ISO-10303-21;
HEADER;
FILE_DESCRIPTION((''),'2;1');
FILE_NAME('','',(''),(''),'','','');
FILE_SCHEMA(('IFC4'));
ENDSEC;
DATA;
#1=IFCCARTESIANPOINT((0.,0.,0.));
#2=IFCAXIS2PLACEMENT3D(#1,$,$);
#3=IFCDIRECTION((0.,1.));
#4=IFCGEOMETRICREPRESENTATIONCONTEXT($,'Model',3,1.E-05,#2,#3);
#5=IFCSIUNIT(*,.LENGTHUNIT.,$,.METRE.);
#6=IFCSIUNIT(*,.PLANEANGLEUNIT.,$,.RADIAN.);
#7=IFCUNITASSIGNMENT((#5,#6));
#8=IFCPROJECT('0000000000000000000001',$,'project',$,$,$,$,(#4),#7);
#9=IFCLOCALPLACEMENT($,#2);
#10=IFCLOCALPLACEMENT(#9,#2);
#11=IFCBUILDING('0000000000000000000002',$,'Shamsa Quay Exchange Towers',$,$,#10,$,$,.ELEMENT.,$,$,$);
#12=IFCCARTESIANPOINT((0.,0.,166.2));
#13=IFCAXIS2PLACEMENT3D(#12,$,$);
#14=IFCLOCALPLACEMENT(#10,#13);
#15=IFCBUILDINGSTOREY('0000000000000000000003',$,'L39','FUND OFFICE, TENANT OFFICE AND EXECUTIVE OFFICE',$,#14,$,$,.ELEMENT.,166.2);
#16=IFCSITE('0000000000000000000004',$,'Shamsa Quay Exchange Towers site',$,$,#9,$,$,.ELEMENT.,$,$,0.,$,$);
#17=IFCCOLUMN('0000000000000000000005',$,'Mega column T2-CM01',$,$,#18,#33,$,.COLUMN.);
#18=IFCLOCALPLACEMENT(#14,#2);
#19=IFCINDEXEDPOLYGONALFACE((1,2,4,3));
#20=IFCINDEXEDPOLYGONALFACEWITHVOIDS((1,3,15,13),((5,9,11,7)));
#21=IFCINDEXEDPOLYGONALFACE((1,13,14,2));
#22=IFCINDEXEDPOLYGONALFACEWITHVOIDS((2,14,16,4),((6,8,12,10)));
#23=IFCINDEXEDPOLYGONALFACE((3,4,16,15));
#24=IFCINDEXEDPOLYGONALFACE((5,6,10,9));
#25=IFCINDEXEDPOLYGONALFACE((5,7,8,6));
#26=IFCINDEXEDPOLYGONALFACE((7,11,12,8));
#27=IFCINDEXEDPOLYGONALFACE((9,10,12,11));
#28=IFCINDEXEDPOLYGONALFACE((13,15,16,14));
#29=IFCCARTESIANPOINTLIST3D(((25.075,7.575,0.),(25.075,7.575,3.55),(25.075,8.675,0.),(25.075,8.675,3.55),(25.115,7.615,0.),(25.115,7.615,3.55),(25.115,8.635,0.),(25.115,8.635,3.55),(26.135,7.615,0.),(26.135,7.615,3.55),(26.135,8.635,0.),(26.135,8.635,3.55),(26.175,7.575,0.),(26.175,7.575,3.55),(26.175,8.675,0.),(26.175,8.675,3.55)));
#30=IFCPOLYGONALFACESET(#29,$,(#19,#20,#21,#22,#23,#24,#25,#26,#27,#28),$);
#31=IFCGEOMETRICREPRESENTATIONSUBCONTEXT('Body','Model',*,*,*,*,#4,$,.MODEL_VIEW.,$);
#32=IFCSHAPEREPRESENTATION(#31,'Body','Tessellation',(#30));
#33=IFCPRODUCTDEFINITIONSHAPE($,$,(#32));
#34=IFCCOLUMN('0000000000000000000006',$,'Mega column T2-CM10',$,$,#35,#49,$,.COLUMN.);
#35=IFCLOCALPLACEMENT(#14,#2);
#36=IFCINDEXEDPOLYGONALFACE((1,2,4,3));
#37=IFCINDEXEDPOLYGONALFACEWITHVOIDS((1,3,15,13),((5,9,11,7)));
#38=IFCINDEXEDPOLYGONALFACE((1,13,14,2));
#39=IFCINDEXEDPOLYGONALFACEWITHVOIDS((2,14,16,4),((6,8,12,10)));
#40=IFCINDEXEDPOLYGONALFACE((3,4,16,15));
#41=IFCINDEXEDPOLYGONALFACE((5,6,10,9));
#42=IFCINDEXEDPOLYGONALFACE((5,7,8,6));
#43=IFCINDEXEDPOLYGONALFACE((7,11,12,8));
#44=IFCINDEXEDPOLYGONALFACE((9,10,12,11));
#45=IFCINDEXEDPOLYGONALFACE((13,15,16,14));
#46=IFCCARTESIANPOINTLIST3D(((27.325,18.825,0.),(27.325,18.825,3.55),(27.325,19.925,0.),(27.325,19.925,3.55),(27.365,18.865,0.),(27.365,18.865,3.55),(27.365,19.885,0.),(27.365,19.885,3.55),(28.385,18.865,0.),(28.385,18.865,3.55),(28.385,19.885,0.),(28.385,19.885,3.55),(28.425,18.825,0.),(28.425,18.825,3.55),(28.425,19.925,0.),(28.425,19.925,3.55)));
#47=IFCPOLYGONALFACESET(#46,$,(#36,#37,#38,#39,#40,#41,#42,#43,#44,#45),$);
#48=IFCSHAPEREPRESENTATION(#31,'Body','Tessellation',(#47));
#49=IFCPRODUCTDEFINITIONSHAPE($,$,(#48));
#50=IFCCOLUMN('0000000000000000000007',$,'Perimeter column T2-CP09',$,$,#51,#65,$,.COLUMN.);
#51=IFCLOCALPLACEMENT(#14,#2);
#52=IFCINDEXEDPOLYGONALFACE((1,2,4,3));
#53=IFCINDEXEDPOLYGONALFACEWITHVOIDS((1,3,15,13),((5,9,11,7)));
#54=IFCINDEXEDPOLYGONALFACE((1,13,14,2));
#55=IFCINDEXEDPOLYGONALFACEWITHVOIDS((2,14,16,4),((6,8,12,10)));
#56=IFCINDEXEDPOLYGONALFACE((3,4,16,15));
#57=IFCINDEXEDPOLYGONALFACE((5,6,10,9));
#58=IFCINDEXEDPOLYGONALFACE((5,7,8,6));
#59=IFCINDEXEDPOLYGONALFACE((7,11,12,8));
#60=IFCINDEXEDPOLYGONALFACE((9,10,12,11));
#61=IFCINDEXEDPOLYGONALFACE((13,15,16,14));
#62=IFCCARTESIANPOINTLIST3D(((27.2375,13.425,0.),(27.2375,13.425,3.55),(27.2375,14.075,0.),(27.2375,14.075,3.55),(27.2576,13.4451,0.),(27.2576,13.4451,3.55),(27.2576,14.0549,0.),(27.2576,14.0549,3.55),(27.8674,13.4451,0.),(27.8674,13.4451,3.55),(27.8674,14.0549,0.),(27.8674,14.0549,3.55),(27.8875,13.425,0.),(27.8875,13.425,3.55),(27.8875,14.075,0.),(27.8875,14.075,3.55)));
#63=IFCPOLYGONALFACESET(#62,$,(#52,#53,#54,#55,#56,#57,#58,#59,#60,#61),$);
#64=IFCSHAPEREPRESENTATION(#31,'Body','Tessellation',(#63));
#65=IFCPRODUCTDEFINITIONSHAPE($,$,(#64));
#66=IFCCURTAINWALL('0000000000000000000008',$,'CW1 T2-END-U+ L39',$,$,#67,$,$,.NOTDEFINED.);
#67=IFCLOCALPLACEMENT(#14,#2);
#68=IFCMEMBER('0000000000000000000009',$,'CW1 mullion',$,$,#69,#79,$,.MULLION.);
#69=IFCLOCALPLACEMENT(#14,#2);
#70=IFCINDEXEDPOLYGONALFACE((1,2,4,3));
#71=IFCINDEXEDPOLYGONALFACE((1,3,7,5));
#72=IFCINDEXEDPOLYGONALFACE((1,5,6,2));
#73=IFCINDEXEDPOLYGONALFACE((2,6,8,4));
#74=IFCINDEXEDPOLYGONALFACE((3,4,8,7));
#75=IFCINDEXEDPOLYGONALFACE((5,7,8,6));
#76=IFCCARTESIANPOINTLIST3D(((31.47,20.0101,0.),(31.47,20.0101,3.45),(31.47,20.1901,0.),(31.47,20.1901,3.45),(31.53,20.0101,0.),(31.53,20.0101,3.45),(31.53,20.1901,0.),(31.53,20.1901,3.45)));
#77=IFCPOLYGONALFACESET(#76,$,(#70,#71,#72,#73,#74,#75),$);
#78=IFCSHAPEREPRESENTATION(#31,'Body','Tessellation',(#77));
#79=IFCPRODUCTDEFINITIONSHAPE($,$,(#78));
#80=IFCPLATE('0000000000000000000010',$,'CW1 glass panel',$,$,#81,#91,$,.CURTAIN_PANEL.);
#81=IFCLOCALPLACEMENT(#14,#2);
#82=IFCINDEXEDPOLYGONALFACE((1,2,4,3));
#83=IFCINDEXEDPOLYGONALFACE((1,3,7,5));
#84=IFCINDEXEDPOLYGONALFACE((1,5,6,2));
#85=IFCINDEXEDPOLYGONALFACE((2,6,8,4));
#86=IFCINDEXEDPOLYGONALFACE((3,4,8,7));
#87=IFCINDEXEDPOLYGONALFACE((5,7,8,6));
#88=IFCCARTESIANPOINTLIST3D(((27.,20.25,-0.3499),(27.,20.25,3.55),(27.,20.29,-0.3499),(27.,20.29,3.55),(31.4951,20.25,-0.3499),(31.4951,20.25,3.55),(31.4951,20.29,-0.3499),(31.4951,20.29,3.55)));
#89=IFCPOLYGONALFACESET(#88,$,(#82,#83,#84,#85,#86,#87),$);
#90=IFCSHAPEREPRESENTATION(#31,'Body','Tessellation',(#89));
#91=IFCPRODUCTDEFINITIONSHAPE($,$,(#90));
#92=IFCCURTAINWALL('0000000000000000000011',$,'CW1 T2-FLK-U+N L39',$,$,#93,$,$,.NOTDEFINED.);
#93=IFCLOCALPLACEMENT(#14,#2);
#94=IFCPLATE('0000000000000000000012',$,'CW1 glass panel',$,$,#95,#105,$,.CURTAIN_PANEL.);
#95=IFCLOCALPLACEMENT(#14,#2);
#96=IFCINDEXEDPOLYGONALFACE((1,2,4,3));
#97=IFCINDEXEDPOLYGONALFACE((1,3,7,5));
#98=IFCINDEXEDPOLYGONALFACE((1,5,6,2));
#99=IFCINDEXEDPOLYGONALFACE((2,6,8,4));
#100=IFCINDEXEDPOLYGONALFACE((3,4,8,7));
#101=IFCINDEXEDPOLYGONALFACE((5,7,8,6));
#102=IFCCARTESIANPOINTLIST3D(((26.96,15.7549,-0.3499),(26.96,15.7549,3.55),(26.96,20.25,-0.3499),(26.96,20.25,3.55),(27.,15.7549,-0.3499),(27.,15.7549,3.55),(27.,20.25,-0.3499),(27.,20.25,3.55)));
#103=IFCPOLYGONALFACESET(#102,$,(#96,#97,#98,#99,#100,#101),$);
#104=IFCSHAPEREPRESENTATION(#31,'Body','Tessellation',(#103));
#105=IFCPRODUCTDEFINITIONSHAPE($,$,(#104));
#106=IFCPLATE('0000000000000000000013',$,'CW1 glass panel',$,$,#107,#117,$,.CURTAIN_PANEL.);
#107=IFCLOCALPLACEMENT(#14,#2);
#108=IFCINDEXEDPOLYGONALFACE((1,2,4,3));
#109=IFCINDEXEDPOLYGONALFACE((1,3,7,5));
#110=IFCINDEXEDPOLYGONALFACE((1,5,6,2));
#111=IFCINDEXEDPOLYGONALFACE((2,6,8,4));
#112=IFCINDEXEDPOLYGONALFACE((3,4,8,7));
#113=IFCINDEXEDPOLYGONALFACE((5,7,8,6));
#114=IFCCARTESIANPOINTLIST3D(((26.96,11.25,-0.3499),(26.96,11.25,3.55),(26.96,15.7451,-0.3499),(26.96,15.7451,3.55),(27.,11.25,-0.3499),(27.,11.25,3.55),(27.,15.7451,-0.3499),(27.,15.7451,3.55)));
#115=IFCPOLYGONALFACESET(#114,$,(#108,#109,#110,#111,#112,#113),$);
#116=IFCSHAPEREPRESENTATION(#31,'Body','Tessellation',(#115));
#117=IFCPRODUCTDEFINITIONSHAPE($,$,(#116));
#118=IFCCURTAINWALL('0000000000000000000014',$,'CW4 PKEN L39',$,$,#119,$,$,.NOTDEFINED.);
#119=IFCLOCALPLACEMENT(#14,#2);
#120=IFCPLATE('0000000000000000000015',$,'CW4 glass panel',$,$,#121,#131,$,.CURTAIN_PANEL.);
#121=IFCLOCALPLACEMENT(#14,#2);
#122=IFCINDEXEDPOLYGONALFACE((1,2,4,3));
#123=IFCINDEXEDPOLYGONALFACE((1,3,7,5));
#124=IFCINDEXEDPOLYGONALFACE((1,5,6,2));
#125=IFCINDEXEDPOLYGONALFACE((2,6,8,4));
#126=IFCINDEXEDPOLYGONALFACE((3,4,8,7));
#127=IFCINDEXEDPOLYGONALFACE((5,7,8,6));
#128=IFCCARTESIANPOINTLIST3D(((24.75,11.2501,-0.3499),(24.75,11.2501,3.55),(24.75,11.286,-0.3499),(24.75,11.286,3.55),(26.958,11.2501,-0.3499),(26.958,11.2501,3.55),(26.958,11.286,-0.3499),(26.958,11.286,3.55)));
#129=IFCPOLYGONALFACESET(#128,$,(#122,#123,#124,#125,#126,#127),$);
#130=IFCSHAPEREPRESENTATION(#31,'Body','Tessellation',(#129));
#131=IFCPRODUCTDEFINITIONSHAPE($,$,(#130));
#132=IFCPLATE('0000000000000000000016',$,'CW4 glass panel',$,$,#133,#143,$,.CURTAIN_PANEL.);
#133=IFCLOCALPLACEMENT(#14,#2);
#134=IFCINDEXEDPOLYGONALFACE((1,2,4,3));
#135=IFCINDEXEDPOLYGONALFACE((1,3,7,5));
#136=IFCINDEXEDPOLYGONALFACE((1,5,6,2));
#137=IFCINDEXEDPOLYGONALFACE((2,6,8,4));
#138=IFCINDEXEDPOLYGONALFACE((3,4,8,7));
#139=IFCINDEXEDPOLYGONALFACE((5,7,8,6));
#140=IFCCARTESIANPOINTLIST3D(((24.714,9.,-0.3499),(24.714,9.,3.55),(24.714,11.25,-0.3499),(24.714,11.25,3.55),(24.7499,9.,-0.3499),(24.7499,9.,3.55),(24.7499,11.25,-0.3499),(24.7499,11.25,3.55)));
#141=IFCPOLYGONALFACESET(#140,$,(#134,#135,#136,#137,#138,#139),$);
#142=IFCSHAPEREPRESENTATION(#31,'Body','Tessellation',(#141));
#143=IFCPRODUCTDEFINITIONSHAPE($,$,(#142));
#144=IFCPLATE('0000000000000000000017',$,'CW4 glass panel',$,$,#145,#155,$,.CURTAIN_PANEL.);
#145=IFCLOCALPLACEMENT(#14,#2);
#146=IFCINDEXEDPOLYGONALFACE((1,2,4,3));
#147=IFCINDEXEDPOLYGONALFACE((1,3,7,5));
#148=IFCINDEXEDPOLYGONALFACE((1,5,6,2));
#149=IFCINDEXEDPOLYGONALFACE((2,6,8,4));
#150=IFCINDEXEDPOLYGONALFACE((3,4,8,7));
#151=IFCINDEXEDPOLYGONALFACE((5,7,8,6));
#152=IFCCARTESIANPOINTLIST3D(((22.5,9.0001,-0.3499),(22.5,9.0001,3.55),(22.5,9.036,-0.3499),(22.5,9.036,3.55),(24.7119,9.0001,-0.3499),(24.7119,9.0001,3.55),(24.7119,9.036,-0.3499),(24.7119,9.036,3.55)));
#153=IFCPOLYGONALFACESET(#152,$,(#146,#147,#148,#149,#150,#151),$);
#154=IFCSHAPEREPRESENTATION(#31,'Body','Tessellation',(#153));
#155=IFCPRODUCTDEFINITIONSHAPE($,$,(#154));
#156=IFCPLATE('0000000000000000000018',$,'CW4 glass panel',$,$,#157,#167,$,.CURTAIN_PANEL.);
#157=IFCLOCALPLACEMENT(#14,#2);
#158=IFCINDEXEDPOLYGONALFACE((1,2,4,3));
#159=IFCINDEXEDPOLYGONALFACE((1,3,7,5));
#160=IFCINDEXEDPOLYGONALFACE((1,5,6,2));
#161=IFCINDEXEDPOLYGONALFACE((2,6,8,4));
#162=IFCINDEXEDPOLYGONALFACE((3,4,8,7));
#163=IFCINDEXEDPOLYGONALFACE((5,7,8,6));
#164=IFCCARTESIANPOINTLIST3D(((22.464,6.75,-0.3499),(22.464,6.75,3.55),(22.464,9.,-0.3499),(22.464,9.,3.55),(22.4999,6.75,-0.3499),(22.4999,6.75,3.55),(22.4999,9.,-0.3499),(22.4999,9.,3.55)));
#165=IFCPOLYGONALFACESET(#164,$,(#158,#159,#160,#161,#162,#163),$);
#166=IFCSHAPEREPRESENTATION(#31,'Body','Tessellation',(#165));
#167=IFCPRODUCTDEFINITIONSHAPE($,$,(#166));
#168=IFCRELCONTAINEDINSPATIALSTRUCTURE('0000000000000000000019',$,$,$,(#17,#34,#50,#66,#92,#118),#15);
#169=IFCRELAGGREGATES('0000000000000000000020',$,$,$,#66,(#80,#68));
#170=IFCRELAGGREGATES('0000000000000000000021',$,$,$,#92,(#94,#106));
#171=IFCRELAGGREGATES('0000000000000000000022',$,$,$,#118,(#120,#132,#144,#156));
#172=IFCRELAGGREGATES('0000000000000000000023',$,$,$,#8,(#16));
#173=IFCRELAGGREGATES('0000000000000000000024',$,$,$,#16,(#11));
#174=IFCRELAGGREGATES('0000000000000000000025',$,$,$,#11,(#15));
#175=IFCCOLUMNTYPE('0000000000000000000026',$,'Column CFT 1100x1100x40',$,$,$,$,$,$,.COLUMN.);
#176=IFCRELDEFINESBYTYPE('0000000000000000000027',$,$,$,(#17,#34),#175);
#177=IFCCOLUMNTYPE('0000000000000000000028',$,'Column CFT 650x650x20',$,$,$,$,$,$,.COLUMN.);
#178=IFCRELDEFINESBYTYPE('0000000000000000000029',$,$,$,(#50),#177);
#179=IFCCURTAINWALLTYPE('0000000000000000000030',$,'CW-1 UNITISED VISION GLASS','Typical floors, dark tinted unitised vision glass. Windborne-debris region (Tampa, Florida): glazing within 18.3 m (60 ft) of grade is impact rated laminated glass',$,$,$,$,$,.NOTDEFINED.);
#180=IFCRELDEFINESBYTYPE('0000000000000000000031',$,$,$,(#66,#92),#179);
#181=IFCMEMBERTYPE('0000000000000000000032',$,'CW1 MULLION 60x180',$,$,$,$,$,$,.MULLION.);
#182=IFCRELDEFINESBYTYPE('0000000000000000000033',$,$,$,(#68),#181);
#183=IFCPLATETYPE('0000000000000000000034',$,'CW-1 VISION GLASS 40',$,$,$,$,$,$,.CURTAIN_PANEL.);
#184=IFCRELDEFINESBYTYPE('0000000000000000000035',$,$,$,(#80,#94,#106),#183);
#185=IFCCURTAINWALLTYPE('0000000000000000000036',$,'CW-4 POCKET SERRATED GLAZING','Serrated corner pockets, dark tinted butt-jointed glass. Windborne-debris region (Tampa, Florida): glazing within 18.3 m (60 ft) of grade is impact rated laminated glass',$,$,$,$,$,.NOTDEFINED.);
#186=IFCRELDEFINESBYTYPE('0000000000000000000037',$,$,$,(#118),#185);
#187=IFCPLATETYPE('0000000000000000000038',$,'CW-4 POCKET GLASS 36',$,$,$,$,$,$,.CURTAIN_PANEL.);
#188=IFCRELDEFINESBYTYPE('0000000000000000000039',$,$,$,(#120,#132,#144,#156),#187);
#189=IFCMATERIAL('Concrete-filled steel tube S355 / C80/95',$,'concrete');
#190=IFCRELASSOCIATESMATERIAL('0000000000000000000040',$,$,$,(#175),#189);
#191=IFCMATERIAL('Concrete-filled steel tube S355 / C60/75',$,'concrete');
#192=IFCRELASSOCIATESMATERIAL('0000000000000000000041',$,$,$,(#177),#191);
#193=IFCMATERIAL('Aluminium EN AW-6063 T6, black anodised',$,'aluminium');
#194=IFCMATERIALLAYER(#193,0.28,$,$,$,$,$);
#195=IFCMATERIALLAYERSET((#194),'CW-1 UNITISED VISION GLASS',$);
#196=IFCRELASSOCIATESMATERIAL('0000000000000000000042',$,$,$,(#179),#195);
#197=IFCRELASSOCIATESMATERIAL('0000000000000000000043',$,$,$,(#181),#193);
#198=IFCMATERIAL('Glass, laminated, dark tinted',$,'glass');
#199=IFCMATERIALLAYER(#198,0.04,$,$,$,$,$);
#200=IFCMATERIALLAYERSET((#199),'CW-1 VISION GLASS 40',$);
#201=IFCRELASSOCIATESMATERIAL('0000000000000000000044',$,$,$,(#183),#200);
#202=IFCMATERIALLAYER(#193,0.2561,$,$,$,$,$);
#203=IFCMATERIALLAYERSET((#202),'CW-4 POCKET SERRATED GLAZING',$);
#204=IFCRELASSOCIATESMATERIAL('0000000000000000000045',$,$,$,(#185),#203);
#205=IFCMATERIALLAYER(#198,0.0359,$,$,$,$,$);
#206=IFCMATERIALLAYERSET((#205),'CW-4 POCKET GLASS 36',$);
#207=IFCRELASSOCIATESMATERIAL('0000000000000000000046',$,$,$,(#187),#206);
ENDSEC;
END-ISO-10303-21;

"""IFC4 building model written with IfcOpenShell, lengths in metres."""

from ifc_helpers import new_model, si_unit, direction, frame, origin, origin_2d, place, context, subcontext, project, spatial, rectangle, hollow_rectangle, extrude, material, layer, layer_set, material_profile, profile_set, type_object, element, aggregate, save


model = new_model("IFC4")

# Units and contexts
model_context = context("Model", 3, precision=1e-05, world=origin(), true_north=direction((0.0, 1.0)))
body_context = subcontext(model_context, "Body", "Model", "MODEL_VIEW")
ifc_project = project(units=[si_unit("LENGTHUNIT", "METRE"), si_unit("PLANEANGLEUNIT", "RADIAN")], contexts=[model_context])

# Site, building, storey
site_placement = place(None, origin())
site = spatial("IfcSite", under=ifc_project, at=site_placement, Name="Shamsa Quay Exchange Towers site", CompositionType="ELEMENT", RefElevation=0.0)
building_placement = place(site_placement, origin())
building = spatial("IfcBuilding", under=site, at=building_placement, Name="Shamsa Quay Exchange Towers", CompositionType="ELEMENT")
storey_placement = place(building_placement, frame((0.0, 0.0, 166.2)))
storey = spatial("IfcBuildingStorey", under=building, at=storey_placement, Name="L39", Description="FUND OFFICE, TENANT OFFICE AND EXECUTIVE OFFICE", CompositionType="ELEMENT", Elevation=166.2)

# Columns
ifc_material_1 = material(Name="Concrete-filled steel tube S355 / C80/95", Category="concrete")
ifc_material_profile_1 = material_profile(ifc_material_1, hollow_rectangle(XDim=1.1001, YDim=1.1001, WallThickness=0.04, at=origin_2d()), Name="CFT 1100x1100x40")
ifc_profile_set_1 = profile_set([ifc_material_profile_1], Name="Concrete-filled steel tube S355 / C80/95")
column_type_1 = type_object("IfcColumnType", Name="Column CFT 1100x1100x40", PredefinedType="COLUMN", material=ifc_profile_set_1)
for number, where, name in (
    (1, (25.625, 8.125, 0.0), "Mega column T2-CM01"),
    (2, (27.875, 19.375, 0.0), "Mega column T2-CM10"),
):
    element("IfcColumn", number, at=place(storey_placement, frame(where)), inside=storey, type_object=column_type_1, Name=name, PredefinedType="COLUMN", context=body_context, shape_type="SweptSolid", body=[
        extrude(hollow_rectangle(XDim=1.1001, YDim=1.1001, WallThickness=0.04, at=origin_2d()), origin(), (0.0, 0.0, 1.0), 3.55),
    ])
ifc_material_2 = material(Name="Concrete-filled steel tube S355 / C60/75", Category="concrete")
ifc_material_profile_2 = material_profile(ifc_material_2, hollow_rectangle(XDim=0.6499, YDim=0.6499, WallThickness=0.02, at=origin_2d()), Name="CFT 650x650x20")
ifc_profile_set_2 = profile_set([ifc_material_profile_2], Name="Concrete-filled steel tube S355 / C60/75")
column_type_2 = type_object("IfcColumnType", Name="Column CFT 650x650x20", PredefinedType="COLUMN", material=ifc_profile_set_2)
column_placement = place(storey_placement, frame((27.5625, 13.75, 0.0)))
element("IfcColumn", 3, at=column_placement, inside=storey, type_object=column_type_2, Name="Perimeter column T2-CP09", PredefinedType="COLUMN", context=body_context, shape_type="SweptSolid", body=[
    extrude(hollow_rectangle(XDim=0.6499, YDim=0.6499, WallThickness=0.02, at=origin_2d()), origin(), (0.0, 0.0, 1.0), 3.55),
])

# Curtain wall, member, plate
ifc_material_3 = material(Name="Aluminium EN AW-6063 T6, black anodised", Category="aluminium")
ifc_layer_1 = layer(ifc_material_3, 0.28)
ifc_layer_set_1 = layer_set([ifc_layer_1], Name="CW-1 UNITISED VISION GLASS")
curtain_wall_type_1 = type_object("IfcCurtainWallType", Name="CW-1 UNITISED VISION GLASS", Description="Typical floors, dark tinted unitised vision glass. Windborne-debris region (Tampa, Florida): glazing within 18.3 m (60 ft) of grade is impact rated laminated glass", PredefinedType="NOTDEFINED", material=ifc_layer_set_1)
curtain_wall_1_placement = place(storey_placement, origin())
curtain_wall_1 = element("IfcCurtainWall", 4, at=curtain_wall_1_placement, inside=storey, type_object=curtain_wall_type_1, Name="CW1 T2-END-U+ L39", PredefinedType="NOTDEFINED")
ifc_material_profile_3 = material_profile(ifc_material_3, rectangle(XDim=0.1799, YDim=0.0601, at=origin_2d()), Name="MU60x180")
ifc_profile_set_3 = profile_set([ifc_material_profile_3], Name="Aluminium EN AW-6063 T6, black anodised")
member_type = type_object("IfcMemberType", Name="CW1 MULLION 60x180", PredefinedType="MULLION", material=ifc_profile_set_3)
member_placement = place(storey_placement, frame((31.5, 20.1001, 0.0), z_axis=(0.0, 0.0, 1.0), x_axis=(0.0, -1.0, 0.0)))
member = element("IfcMember", 5, at=member_placement, type_object=member_type, Name="CW1 mullion", PredefinedType="MULLION", context=body_context, shape_type="SweptSolid", body=[
    extrude(rectangle(XDim=0.1799, YDim=0.0601, at=origin_2d()), origin(), (0.0, 0.0, 1.0), 3.45),
])
ifc_material_4 = material(Name="Glass, laminated, dark tinted", Category="glass")
ifc_layer_2 = layer(ifc_material_4, 0.04)
ifc_layer_set_2 = layer_set([ifc_layer_2], Name="CW-1 VISION GLASS 40")
plate_type_1 = type_object("IfcPlateType", Name="CW-1 VISION GLASS 40", PredefinedType="CURTAIN_PANEL", material=ifc_layer_set_2)
plate_1_placement = place(storey_placement, frame((29.2476, 20.27, -0.3499), z_axis=(0.0, 0.0, 1.0), x_axis=(-1.0, 0.0, 0.0)))
plate_1 = element("IfcPlate", 6, at=plate_1_placement, type_object=plate_type_1, Name="CW1 glass panel", PredefinedType="CURTAIN_PANEL", context=body_context, shape_type="SweptSolid", body=[
    extrude(rectangle(XDim=4.4951, YDim=0.04, at=origin_2d()), origin(), (0.0, 0.0, 1.0), 3.8999),
])
aggregate(curtain_wall_1, [plate_1, member])

# Curtain walls, plates
curtain_wall_2_placement = place(storey_placement, origin())
curtain_wall_2 = element("IfcCurtainWall", 7, at=curtain_wall_2_placement, inside=storey, type_object=curtain_wall_type_1, Name="CW1 T2-FLK-U+N L39", PredefinedType="NOTDEFINED")
plate_2_placement = place(storey_placement, frame((26.98, 18.0024, -0.3499), z_axis=(0.0, 0.0, 1.0), x_axis=(0.0, -1.0, 0.0)))
plate_2 = element("IfcPlate", 8, at=plate_2_placement, type_object=plate_type_1, Name="CW1 glass panel", PredefinedType="CURTAIN_PANEL", context=body_context, shape_type="SweptSolid", body=[
    extrude(rectangle(XDim=4.4951, YDim=0.04, at=origin_2d()), origin(), (0.0, 0.0, 1.0), 3.8999),
])
plate_3_placement = place(storey_placement, frame((26.98, 13.4976, -0.3499), z_axis=(0.0, 0.0, 1.0), x_axis=(0.0, -1.0, 0.0)))
plate_3 = element("IfcPlate", 9, at=plate_3_placement, type_object=plate_type_1, Name="CW1 glass panel", PredefinedType="CURTAIN_PANEL", context=body_context, shape_type="SweptSolid", body=[
    extrude(rectangle(XDim=4.4951, YDim=0.04, at=origin_2d()), origin(), (0.0, 0.0, 1.0), 3.8999),
])
aggregate(curtain_wall_2, [plate_2, plate_3])
ifc_layer_3 = layer(ifc_material_3, 0.2561)
ifc_layer_set_3 = layer_set([ifc_layer_3], Name="CW-4 POCKET SERRATED GLAZING")
curtain_wall_type_2 = type_object("IfcCurtainWallType", Name="CW-4 POCKET SERRATED GLAZING", Description="Serrated corner pockets, dark tinted butt-jointed glass. Windborne-debris region (Tampa, Florida): glazing within 18.3 m (60 ft) of grade is impact rated laminated glass", PredefinedType="NOTDEFINED", material=ifc_layer_set_3)
curtain_wall_3_placement = place(storey_placement, origin())
curtain_wall_3 = element("IfcCurtainWall", 10, at=curtain_wall_3_placement, inside=storey, type_object=curtain_wall_type_2, Name="CW4 PKEN L39", PredefinedType="NOTDEFINED")
ifc_layer_4 = layer(ifc_material_4, 0.0359)
ifc_layer_set_4 = layer_set([ifc_layer_4], Name="CW-4 POCKET GLASS 36")
plate_type_2 = type_object("IfcPlateType", Name="CW-4 POCKET GLASS 36", PredefinedType="CURTAIN_PANEL", material=ifc_layer_set_4)
plate_4_placement = place(storey_placement, frame((25.854, 11.2681, -0.3499), z_axis=(0.0, 0.0, 1.0), x_axis=(-1.0, 0.0, 0.0)))
plate_4 = element("IfcPlate", 11, at=plate_4_placement, type_object=plate_type_2, Name="CW4 glass panel", PredefinedType="CURTAIN_PANEL", context=body_context, shape_type="SweptSolid", body=[
    extrude(rectangle(XDim=2.208, YDim=0.0359, at=origin_2d()), origin(), (0.0, 0.0, 1.0), 3.8999),
])
plate_5_placement = place(storey_placement, frame((24.7319, 10.125, -0.3499), z_axis=(0.0, 0.0, 1.0), x_axis=(0.0, -1.0, 0.0)))
plate_5 = element("IfcPlate", 12, at=plate_5_placement, type_object=plate_type_2, Name="CW4 glass panel", PredefinedType="CURTAIN_PANEL", context=body_context, shape_type="SweptSolid", body=[
    extrude(rectangle(XDim=2.25, YDim=0.0359, at=origin_2d()), origin(), (0.0, 0.0, 1.0), 3.8999),
])
plate_6_placement = place(storey_placement, frame((23.606, 9.0181, -0.3499), z_axis=(0.0, 0.0, 1.0), x_axis=(-1.0, 0.0, 0.0)))
plate_6 = element("IfcPlate", 13, at=plate_6_placement, type_object=plate_type_2, Name="CW4 glass panel", PredefinedType="CURTAIN_PANEL", context=body_context, shape_type="SweptSolid", body=[
    extrude(rectangle(XDim=2.2119, YDim=0.0359, at=origin_2d()), origin(), (0.0, 0.0, 1.0), 3.8999),
])
plate_7_placement = place(storey_placement, frame((22.4819, 7.875, -0.3499), z_axis=(0.0, 0.0, 1.0), x_axis=(0.0, -1.0, 0.0)))
plate_7 = element("IfcPlate", 14, at=plate_7_placement, type_object=plate_type_2, Name="CW4 glass panel", PredefinedType="CURTAIN_PANEL", context=body_context, shape_type="SweptSolid", body=[
    extrude(rectangle(XDim=2.25, YDim=0.0359, at=origin_2d()), origin(), (0.0, 0.0, 1.0), 3.8999),
])
aggregate(curtain_wall_3, [plate_4, plate_5, plate_6, plate_7])

save(model, "model.ifc")
